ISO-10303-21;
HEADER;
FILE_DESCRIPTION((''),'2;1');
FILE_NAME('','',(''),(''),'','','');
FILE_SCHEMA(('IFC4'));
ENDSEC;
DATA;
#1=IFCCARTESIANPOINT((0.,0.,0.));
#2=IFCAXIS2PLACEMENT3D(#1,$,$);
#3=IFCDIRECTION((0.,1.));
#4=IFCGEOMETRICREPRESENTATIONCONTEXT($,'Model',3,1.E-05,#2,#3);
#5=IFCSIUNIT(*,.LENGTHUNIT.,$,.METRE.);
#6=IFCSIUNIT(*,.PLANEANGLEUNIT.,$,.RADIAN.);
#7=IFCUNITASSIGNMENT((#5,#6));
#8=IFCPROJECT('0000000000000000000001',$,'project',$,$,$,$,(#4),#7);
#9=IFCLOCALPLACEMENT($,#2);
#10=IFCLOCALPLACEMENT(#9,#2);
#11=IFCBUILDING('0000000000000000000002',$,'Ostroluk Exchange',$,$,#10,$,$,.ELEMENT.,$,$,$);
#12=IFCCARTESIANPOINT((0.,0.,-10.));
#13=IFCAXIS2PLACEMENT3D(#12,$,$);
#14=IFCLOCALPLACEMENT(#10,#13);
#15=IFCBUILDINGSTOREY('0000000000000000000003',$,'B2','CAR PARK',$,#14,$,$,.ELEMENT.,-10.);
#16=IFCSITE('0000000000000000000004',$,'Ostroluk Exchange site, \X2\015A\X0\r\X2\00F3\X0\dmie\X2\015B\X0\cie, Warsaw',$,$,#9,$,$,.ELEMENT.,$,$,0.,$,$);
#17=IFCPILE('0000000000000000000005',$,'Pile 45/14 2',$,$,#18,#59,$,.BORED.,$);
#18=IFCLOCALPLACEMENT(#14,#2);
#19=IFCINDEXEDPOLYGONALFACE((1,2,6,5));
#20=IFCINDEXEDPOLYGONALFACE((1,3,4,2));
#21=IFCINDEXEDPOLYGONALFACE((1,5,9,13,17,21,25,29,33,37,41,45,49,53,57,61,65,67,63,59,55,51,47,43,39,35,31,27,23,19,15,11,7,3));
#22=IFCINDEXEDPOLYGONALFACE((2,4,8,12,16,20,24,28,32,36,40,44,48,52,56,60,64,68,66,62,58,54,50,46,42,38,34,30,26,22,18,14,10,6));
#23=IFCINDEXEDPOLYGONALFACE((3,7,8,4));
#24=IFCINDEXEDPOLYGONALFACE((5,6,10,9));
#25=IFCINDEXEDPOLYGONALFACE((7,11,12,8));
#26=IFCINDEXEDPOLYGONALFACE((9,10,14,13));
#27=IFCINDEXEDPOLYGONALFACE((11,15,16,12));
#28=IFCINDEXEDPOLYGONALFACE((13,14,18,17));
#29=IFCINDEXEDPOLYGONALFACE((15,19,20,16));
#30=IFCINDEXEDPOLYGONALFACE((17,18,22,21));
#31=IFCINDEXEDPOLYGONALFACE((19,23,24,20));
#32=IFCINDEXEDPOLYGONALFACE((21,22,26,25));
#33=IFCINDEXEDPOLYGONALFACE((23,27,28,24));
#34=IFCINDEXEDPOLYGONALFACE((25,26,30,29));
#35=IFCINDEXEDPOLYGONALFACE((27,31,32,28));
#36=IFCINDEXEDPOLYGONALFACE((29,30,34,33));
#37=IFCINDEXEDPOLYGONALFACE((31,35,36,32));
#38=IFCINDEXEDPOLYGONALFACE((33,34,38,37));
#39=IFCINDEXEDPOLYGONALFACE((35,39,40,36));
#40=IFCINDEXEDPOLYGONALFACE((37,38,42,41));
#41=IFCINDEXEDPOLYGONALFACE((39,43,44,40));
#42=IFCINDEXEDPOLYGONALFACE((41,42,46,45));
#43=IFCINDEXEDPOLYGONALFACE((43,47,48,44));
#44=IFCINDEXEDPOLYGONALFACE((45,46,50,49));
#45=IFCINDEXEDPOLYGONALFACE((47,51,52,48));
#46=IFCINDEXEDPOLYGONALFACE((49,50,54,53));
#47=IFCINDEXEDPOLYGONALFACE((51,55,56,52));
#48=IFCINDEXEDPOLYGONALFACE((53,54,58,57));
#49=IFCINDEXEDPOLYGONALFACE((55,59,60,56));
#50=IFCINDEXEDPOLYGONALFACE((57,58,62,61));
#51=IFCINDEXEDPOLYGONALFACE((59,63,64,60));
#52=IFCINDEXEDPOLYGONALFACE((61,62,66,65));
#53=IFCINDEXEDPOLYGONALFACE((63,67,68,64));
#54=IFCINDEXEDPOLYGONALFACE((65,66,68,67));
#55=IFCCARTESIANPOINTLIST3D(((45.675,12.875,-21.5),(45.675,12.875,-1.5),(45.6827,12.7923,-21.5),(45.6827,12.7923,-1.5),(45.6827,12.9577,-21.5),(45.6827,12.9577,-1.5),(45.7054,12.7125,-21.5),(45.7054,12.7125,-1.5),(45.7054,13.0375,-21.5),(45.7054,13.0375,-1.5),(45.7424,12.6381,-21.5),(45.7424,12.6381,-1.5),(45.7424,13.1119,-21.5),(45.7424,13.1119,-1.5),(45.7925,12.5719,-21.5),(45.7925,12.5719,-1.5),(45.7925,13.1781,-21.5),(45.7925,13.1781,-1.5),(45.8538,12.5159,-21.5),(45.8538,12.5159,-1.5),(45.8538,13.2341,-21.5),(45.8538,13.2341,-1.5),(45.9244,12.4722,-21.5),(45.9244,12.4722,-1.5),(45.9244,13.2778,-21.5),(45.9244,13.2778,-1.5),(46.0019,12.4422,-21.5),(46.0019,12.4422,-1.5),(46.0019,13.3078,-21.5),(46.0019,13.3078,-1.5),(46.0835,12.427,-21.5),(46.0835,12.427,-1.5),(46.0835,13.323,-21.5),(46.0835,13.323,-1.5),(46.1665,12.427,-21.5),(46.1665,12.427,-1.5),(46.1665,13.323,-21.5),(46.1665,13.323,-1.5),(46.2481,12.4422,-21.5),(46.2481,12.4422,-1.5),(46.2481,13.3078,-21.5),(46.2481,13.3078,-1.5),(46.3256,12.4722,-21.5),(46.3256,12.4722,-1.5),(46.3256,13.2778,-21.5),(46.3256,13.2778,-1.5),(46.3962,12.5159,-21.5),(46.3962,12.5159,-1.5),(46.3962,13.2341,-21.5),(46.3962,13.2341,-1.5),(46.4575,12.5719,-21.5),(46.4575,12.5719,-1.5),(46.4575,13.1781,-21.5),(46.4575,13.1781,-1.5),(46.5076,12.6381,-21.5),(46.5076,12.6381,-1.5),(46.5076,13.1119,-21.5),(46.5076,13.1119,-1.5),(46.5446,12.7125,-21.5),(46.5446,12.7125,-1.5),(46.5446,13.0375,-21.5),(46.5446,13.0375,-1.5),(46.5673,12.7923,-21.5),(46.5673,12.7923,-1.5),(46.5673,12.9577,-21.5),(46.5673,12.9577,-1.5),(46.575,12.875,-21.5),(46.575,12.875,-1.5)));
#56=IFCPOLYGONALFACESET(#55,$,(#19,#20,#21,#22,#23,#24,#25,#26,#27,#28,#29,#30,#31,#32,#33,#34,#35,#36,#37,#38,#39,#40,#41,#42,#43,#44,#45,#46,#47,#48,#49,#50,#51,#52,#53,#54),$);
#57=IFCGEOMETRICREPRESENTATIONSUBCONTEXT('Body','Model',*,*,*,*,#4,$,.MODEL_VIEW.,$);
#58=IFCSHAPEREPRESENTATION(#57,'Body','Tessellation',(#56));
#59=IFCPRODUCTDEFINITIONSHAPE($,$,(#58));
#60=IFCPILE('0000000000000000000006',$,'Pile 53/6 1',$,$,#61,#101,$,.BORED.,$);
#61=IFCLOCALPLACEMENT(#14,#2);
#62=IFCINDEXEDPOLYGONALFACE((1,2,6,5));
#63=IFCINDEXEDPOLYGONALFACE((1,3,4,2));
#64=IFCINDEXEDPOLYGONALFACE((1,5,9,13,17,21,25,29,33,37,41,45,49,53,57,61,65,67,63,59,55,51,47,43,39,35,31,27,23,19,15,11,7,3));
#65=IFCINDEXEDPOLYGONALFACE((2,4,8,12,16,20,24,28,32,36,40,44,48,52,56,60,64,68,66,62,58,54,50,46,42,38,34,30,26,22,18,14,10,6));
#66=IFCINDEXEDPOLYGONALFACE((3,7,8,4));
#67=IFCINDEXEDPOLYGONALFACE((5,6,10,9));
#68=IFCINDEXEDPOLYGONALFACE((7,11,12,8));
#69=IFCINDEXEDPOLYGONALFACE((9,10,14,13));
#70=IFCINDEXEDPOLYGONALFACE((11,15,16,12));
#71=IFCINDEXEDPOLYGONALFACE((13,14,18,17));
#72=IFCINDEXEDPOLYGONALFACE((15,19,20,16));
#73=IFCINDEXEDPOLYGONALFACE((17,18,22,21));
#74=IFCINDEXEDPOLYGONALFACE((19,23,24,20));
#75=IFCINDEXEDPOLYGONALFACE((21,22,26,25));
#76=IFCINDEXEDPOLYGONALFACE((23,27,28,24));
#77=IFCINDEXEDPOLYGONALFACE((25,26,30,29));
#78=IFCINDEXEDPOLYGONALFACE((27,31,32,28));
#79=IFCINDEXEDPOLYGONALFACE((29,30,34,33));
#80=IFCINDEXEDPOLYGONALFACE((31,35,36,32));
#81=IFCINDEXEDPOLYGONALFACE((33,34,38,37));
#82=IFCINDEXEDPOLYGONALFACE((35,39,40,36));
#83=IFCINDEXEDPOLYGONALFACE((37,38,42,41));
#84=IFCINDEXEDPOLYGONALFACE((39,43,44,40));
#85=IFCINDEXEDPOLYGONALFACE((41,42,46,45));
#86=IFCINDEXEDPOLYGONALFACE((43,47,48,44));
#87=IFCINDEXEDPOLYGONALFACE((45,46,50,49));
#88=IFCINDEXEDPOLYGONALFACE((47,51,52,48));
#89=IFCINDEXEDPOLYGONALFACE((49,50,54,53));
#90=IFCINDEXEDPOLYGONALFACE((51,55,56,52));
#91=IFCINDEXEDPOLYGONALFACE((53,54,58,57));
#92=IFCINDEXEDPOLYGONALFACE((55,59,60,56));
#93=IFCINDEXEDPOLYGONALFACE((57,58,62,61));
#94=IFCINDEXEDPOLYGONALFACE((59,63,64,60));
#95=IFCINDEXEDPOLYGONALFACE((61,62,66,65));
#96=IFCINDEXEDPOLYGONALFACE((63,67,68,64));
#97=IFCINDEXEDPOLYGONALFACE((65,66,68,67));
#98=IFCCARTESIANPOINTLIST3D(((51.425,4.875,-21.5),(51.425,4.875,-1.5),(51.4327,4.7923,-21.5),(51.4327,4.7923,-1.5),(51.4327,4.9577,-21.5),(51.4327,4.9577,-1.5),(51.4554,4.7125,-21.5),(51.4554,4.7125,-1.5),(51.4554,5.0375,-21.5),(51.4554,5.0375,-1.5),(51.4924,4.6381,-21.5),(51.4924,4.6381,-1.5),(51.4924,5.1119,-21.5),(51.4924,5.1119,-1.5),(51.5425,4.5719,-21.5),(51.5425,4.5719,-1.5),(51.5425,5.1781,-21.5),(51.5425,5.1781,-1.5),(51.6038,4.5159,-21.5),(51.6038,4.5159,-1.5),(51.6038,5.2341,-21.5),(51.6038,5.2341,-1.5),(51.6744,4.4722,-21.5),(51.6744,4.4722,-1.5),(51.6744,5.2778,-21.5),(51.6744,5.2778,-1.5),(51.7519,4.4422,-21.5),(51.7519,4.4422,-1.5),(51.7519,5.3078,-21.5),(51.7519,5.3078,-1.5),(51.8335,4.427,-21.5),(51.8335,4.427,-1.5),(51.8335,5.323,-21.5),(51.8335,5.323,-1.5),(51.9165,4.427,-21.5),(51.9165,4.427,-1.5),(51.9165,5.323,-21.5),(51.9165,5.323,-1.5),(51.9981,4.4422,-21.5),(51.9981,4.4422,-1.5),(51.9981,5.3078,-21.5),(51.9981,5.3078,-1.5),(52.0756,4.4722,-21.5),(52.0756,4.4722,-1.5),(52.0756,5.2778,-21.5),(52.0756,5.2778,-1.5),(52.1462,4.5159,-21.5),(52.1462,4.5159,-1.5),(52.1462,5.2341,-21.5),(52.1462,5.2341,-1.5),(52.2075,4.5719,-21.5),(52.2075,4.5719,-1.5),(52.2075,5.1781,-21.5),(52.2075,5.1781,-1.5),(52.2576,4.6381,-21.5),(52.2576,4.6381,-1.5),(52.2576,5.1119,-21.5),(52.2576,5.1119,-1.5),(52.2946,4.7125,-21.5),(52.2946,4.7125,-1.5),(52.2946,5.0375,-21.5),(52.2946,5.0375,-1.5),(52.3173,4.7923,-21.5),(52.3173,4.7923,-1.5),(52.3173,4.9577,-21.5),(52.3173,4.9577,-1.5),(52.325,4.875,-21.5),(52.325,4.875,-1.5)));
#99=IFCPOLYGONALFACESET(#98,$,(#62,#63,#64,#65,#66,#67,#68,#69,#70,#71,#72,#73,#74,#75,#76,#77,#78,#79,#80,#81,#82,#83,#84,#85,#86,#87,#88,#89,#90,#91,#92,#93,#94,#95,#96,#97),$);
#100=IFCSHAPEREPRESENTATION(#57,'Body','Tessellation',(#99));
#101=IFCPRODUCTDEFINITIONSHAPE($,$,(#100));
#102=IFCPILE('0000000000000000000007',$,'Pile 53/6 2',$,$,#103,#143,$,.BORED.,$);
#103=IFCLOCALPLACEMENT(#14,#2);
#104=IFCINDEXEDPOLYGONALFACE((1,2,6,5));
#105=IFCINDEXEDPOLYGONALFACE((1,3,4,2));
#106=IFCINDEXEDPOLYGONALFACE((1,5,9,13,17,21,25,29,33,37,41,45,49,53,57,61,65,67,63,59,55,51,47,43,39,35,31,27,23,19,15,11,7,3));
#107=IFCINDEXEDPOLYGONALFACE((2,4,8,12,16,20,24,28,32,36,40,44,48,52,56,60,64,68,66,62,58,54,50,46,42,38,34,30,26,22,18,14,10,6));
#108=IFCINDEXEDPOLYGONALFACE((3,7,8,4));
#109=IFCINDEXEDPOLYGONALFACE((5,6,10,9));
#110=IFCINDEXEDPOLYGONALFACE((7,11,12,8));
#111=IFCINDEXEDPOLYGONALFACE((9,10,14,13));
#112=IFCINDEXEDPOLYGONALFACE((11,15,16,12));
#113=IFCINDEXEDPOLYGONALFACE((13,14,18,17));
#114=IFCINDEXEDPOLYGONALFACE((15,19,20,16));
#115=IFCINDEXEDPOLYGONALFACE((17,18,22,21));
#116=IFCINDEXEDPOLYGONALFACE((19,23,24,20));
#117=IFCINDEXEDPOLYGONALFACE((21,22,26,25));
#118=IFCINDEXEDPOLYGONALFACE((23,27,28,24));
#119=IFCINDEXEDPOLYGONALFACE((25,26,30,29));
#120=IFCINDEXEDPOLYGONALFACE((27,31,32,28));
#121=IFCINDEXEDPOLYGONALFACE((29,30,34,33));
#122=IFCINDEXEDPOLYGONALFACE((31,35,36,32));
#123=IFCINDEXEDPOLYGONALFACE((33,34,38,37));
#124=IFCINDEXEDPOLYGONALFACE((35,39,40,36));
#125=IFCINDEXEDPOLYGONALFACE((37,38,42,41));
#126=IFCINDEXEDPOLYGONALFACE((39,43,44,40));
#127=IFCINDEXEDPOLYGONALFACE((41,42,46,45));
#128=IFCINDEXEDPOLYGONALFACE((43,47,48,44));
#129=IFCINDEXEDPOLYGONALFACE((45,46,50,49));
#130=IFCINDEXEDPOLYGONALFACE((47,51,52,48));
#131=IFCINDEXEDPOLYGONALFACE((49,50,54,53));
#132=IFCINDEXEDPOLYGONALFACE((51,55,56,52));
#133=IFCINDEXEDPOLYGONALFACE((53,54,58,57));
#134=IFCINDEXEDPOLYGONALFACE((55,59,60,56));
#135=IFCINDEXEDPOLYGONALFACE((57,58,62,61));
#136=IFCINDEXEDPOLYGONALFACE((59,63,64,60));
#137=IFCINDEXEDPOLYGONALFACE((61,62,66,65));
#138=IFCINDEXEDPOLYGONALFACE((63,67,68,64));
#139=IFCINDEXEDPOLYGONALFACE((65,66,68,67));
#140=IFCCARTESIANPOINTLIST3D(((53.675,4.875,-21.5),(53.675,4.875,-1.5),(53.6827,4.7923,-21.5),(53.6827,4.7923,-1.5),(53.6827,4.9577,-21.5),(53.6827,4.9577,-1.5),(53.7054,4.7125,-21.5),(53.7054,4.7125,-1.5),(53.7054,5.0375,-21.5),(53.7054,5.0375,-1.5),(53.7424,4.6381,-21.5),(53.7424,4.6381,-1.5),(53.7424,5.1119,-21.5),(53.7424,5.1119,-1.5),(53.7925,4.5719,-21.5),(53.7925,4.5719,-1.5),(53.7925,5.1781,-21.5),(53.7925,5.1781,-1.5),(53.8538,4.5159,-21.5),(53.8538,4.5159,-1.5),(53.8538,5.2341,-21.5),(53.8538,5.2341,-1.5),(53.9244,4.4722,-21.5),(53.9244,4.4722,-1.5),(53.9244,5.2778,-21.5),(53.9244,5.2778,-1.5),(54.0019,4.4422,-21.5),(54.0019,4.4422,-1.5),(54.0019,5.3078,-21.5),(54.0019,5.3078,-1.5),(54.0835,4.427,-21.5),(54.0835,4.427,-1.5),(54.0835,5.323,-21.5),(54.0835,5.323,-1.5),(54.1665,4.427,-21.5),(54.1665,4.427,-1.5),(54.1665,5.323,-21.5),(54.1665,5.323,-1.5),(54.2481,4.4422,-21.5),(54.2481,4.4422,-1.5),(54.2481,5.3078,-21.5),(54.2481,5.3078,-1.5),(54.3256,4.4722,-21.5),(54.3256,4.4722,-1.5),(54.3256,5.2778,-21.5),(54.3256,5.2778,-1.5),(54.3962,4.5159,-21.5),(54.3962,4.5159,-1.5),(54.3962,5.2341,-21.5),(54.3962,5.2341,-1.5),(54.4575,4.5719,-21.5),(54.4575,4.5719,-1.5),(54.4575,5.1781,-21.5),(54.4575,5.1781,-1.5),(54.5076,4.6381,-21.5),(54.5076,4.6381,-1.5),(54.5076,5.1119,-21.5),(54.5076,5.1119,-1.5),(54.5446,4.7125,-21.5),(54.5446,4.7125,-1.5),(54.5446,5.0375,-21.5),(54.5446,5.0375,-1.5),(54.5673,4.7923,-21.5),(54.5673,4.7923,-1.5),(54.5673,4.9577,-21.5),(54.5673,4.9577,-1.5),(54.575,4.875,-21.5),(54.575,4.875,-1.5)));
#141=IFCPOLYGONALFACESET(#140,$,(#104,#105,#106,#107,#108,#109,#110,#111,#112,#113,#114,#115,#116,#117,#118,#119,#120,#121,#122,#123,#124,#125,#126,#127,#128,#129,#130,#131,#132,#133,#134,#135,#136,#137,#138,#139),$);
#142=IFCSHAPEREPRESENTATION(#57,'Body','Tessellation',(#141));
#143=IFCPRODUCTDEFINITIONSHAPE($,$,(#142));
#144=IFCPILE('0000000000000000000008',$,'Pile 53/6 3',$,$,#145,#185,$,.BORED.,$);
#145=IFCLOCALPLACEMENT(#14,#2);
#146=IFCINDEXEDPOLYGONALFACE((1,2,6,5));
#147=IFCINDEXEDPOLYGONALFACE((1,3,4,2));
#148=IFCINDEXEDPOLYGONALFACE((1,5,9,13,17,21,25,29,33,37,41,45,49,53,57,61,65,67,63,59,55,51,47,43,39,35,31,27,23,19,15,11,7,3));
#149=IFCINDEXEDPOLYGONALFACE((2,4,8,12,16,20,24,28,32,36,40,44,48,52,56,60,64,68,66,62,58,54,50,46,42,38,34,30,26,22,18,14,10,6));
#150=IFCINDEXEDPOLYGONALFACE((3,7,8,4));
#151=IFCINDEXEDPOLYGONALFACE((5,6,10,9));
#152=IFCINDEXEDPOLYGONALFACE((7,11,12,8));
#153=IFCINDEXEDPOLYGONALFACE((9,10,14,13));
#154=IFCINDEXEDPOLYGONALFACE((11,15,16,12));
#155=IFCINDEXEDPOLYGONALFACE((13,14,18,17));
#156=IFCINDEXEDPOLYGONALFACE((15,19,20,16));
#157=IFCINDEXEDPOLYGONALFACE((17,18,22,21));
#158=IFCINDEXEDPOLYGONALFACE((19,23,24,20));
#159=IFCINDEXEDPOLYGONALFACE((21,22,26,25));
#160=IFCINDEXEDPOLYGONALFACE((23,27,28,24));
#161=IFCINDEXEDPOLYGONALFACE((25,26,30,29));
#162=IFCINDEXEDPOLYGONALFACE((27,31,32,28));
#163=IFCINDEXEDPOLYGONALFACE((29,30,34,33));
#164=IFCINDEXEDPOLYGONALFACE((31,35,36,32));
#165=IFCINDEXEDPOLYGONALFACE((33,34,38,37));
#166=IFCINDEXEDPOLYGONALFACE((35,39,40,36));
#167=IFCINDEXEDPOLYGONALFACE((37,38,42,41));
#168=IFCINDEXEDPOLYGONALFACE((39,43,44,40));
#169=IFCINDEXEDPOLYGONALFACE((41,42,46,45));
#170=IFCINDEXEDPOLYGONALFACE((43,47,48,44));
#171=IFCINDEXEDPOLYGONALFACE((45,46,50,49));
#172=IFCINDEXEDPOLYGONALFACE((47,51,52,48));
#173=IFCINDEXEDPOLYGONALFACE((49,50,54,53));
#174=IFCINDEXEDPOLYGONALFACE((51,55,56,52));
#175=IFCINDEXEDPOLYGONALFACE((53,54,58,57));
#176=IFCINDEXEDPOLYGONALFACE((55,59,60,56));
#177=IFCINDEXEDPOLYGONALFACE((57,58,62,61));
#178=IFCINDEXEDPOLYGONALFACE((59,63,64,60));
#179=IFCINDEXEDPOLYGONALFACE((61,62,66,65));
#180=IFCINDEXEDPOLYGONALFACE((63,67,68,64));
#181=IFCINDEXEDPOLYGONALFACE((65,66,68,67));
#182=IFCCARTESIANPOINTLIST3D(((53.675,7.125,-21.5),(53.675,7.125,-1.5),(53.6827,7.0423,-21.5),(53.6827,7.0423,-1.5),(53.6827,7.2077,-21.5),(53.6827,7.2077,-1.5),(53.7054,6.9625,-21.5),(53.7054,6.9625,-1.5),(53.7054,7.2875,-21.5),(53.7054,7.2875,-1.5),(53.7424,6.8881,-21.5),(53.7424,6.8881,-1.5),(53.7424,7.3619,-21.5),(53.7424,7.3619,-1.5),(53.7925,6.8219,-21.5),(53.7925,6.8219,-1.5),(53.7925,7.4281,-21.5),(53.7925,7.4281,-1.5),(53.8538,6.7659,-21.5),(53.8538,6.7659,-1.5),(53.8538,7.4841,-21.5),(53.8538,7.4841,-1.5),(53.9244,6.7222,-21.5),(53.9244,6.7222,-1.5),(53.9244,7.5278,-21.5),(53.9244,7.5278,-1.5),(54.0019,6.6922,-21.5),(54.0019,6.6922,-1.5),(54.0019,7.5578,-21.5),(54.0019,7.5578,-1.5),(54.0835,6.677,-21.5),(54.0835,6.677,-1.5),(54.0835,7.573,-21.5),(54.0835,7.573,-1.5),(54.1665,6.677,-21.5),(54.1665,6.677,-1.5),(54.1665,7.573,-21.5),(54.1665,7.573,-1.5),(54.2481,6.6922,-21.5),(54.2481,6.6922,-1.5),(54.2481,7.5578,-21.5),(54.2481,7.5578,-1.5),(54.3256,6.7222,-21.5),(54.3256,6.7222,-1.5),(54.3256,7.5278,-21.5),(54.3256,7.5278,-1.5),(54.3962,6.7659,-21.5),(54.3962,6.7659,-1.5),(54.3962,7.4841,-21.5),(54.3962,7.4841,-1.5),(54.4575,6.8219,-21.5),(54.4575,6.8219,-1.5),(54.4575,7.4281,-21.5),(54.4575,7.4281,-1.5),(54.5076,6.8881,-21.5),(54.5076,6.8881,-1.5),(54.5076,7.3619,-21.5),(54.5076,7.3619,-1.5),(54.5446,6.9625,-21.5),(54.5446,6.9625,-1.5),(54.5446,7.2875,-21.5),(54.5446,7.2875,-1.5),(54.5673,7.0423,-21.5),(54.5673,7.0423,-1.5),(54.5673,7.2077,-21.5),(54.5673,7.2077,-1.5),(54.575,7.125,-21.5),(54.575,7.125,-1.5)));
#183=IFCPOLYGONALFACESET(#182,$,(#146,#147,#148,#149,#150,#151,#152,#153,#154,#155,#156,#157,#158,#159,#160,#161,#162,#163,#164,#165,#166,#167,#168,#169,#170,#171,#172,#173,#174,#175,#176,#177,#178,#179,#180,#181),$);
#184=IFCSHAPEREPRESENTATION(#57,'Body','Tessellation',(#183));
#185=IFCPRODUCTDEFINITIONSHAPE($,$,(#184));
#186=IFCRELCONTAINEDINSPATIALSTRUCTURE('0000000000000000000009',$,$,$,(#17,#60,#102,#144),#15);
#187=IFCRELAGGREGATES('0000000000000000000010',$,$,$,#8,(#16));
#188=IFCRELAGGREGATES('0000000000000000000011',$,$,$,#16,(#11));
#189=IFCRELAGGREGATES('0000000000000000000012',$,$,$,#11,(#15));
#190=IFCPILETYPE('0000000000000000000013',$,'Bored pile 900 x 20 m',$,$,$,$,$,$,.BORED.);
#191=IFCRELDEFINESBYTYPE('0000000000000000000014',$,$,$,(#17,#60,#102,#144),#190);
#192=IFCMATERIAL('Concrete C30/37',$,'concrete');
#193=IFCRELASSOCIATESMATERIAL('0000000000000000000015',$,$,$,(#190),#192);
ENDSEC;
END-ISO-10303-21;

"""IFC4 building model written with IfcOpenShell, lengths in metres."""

from ifc_helpers import new_model, si_unit, direction, frame, origin, origin_2d, place, context, subcontext, project, spatial, circle, extrude, material, type_object, element, save


model = new_model("IFC4")

# Units and contexts
model_context = context("Model", 3, precision=1e-05, world=origin(), true_north=direction((0.0, 1.0)))
body_context = subcontext(model_context, "Body", "Model", "MODEL_VIEW")
ifc_project = project(units=[si_unit("LENGTHUNIT", "METRE"), si_unit("PLANEANGLEUNIT", "RADIAN")], contexts=[model_context])

# Site, building, storey
site_placement = place(None, origin())
site = spatial("IfcSite", under=ifc_project, at=site_placement, Name="Ostroluk Exchange site, Śródmieście, Warsaw", CompositionType="ELEMENT", RefElevation=0.0)
building_placement = place(site_placement, origin())
building = spatial("IfcBuilding", under=site, at=building_placement, Name="Ostroluk Exchange", CompositionType="ELEMENT")
storey_placement = place(building_placement, frame((0.0, 0.0, -10.0)))
storey = spatial("IfcBuildingStorey", under=building, at=storey_placement, Name="B2", Description="CAR PARK", CompositionType="ELEMENT", Elevation=-10.0)

# Piles
ifc_material_1 = material(Name="Concrete C30/37", Category="concrete")
pile_type = type_object("IfcPileType", Name="Bored pile 900 x 20 m", PredefinedType="BORED", material=ifc_material_1)
for number, where, z_axis, x_axis, name in (
    (1, (46.125, 12.875, -1.5), (0.0, 0.0, -1.0), (1.0, 0.0, 0.0), "Pile 45/14 2"),
    (2, (51.875, 4.875, -1.5), (0.0, 0.0, -1.0), (1.0, 0.0, 0.0), "Pile 53/6 1"),
    (3, (54.125, 4.875, -1.5), (0.0, 0.0, -1.0), (1.0, 0.0, 0.0), "Pile 53/6 2"),
    (4, (54.125, 7.125, -1.5), (0.0, 0.0, -1.0), (1.0, 0.0, 0.0), "Pile 53/6 3"),
):
    element("IfcPile", number, at=place(storey_placement, frame(where, z_axis=z_axis, x_axis=x_axis)), inside=storey, type_object=pile_type, Name=name, PredefinedType="BORED", context=body_context, shape_type="SweptSolid", body=[
        extrude(circle(Radius=0.45, at=origin_2d()), origin(), (0.0, 0.0, 1.0), 20.0),
    ])

save(model, "model.ifc")
